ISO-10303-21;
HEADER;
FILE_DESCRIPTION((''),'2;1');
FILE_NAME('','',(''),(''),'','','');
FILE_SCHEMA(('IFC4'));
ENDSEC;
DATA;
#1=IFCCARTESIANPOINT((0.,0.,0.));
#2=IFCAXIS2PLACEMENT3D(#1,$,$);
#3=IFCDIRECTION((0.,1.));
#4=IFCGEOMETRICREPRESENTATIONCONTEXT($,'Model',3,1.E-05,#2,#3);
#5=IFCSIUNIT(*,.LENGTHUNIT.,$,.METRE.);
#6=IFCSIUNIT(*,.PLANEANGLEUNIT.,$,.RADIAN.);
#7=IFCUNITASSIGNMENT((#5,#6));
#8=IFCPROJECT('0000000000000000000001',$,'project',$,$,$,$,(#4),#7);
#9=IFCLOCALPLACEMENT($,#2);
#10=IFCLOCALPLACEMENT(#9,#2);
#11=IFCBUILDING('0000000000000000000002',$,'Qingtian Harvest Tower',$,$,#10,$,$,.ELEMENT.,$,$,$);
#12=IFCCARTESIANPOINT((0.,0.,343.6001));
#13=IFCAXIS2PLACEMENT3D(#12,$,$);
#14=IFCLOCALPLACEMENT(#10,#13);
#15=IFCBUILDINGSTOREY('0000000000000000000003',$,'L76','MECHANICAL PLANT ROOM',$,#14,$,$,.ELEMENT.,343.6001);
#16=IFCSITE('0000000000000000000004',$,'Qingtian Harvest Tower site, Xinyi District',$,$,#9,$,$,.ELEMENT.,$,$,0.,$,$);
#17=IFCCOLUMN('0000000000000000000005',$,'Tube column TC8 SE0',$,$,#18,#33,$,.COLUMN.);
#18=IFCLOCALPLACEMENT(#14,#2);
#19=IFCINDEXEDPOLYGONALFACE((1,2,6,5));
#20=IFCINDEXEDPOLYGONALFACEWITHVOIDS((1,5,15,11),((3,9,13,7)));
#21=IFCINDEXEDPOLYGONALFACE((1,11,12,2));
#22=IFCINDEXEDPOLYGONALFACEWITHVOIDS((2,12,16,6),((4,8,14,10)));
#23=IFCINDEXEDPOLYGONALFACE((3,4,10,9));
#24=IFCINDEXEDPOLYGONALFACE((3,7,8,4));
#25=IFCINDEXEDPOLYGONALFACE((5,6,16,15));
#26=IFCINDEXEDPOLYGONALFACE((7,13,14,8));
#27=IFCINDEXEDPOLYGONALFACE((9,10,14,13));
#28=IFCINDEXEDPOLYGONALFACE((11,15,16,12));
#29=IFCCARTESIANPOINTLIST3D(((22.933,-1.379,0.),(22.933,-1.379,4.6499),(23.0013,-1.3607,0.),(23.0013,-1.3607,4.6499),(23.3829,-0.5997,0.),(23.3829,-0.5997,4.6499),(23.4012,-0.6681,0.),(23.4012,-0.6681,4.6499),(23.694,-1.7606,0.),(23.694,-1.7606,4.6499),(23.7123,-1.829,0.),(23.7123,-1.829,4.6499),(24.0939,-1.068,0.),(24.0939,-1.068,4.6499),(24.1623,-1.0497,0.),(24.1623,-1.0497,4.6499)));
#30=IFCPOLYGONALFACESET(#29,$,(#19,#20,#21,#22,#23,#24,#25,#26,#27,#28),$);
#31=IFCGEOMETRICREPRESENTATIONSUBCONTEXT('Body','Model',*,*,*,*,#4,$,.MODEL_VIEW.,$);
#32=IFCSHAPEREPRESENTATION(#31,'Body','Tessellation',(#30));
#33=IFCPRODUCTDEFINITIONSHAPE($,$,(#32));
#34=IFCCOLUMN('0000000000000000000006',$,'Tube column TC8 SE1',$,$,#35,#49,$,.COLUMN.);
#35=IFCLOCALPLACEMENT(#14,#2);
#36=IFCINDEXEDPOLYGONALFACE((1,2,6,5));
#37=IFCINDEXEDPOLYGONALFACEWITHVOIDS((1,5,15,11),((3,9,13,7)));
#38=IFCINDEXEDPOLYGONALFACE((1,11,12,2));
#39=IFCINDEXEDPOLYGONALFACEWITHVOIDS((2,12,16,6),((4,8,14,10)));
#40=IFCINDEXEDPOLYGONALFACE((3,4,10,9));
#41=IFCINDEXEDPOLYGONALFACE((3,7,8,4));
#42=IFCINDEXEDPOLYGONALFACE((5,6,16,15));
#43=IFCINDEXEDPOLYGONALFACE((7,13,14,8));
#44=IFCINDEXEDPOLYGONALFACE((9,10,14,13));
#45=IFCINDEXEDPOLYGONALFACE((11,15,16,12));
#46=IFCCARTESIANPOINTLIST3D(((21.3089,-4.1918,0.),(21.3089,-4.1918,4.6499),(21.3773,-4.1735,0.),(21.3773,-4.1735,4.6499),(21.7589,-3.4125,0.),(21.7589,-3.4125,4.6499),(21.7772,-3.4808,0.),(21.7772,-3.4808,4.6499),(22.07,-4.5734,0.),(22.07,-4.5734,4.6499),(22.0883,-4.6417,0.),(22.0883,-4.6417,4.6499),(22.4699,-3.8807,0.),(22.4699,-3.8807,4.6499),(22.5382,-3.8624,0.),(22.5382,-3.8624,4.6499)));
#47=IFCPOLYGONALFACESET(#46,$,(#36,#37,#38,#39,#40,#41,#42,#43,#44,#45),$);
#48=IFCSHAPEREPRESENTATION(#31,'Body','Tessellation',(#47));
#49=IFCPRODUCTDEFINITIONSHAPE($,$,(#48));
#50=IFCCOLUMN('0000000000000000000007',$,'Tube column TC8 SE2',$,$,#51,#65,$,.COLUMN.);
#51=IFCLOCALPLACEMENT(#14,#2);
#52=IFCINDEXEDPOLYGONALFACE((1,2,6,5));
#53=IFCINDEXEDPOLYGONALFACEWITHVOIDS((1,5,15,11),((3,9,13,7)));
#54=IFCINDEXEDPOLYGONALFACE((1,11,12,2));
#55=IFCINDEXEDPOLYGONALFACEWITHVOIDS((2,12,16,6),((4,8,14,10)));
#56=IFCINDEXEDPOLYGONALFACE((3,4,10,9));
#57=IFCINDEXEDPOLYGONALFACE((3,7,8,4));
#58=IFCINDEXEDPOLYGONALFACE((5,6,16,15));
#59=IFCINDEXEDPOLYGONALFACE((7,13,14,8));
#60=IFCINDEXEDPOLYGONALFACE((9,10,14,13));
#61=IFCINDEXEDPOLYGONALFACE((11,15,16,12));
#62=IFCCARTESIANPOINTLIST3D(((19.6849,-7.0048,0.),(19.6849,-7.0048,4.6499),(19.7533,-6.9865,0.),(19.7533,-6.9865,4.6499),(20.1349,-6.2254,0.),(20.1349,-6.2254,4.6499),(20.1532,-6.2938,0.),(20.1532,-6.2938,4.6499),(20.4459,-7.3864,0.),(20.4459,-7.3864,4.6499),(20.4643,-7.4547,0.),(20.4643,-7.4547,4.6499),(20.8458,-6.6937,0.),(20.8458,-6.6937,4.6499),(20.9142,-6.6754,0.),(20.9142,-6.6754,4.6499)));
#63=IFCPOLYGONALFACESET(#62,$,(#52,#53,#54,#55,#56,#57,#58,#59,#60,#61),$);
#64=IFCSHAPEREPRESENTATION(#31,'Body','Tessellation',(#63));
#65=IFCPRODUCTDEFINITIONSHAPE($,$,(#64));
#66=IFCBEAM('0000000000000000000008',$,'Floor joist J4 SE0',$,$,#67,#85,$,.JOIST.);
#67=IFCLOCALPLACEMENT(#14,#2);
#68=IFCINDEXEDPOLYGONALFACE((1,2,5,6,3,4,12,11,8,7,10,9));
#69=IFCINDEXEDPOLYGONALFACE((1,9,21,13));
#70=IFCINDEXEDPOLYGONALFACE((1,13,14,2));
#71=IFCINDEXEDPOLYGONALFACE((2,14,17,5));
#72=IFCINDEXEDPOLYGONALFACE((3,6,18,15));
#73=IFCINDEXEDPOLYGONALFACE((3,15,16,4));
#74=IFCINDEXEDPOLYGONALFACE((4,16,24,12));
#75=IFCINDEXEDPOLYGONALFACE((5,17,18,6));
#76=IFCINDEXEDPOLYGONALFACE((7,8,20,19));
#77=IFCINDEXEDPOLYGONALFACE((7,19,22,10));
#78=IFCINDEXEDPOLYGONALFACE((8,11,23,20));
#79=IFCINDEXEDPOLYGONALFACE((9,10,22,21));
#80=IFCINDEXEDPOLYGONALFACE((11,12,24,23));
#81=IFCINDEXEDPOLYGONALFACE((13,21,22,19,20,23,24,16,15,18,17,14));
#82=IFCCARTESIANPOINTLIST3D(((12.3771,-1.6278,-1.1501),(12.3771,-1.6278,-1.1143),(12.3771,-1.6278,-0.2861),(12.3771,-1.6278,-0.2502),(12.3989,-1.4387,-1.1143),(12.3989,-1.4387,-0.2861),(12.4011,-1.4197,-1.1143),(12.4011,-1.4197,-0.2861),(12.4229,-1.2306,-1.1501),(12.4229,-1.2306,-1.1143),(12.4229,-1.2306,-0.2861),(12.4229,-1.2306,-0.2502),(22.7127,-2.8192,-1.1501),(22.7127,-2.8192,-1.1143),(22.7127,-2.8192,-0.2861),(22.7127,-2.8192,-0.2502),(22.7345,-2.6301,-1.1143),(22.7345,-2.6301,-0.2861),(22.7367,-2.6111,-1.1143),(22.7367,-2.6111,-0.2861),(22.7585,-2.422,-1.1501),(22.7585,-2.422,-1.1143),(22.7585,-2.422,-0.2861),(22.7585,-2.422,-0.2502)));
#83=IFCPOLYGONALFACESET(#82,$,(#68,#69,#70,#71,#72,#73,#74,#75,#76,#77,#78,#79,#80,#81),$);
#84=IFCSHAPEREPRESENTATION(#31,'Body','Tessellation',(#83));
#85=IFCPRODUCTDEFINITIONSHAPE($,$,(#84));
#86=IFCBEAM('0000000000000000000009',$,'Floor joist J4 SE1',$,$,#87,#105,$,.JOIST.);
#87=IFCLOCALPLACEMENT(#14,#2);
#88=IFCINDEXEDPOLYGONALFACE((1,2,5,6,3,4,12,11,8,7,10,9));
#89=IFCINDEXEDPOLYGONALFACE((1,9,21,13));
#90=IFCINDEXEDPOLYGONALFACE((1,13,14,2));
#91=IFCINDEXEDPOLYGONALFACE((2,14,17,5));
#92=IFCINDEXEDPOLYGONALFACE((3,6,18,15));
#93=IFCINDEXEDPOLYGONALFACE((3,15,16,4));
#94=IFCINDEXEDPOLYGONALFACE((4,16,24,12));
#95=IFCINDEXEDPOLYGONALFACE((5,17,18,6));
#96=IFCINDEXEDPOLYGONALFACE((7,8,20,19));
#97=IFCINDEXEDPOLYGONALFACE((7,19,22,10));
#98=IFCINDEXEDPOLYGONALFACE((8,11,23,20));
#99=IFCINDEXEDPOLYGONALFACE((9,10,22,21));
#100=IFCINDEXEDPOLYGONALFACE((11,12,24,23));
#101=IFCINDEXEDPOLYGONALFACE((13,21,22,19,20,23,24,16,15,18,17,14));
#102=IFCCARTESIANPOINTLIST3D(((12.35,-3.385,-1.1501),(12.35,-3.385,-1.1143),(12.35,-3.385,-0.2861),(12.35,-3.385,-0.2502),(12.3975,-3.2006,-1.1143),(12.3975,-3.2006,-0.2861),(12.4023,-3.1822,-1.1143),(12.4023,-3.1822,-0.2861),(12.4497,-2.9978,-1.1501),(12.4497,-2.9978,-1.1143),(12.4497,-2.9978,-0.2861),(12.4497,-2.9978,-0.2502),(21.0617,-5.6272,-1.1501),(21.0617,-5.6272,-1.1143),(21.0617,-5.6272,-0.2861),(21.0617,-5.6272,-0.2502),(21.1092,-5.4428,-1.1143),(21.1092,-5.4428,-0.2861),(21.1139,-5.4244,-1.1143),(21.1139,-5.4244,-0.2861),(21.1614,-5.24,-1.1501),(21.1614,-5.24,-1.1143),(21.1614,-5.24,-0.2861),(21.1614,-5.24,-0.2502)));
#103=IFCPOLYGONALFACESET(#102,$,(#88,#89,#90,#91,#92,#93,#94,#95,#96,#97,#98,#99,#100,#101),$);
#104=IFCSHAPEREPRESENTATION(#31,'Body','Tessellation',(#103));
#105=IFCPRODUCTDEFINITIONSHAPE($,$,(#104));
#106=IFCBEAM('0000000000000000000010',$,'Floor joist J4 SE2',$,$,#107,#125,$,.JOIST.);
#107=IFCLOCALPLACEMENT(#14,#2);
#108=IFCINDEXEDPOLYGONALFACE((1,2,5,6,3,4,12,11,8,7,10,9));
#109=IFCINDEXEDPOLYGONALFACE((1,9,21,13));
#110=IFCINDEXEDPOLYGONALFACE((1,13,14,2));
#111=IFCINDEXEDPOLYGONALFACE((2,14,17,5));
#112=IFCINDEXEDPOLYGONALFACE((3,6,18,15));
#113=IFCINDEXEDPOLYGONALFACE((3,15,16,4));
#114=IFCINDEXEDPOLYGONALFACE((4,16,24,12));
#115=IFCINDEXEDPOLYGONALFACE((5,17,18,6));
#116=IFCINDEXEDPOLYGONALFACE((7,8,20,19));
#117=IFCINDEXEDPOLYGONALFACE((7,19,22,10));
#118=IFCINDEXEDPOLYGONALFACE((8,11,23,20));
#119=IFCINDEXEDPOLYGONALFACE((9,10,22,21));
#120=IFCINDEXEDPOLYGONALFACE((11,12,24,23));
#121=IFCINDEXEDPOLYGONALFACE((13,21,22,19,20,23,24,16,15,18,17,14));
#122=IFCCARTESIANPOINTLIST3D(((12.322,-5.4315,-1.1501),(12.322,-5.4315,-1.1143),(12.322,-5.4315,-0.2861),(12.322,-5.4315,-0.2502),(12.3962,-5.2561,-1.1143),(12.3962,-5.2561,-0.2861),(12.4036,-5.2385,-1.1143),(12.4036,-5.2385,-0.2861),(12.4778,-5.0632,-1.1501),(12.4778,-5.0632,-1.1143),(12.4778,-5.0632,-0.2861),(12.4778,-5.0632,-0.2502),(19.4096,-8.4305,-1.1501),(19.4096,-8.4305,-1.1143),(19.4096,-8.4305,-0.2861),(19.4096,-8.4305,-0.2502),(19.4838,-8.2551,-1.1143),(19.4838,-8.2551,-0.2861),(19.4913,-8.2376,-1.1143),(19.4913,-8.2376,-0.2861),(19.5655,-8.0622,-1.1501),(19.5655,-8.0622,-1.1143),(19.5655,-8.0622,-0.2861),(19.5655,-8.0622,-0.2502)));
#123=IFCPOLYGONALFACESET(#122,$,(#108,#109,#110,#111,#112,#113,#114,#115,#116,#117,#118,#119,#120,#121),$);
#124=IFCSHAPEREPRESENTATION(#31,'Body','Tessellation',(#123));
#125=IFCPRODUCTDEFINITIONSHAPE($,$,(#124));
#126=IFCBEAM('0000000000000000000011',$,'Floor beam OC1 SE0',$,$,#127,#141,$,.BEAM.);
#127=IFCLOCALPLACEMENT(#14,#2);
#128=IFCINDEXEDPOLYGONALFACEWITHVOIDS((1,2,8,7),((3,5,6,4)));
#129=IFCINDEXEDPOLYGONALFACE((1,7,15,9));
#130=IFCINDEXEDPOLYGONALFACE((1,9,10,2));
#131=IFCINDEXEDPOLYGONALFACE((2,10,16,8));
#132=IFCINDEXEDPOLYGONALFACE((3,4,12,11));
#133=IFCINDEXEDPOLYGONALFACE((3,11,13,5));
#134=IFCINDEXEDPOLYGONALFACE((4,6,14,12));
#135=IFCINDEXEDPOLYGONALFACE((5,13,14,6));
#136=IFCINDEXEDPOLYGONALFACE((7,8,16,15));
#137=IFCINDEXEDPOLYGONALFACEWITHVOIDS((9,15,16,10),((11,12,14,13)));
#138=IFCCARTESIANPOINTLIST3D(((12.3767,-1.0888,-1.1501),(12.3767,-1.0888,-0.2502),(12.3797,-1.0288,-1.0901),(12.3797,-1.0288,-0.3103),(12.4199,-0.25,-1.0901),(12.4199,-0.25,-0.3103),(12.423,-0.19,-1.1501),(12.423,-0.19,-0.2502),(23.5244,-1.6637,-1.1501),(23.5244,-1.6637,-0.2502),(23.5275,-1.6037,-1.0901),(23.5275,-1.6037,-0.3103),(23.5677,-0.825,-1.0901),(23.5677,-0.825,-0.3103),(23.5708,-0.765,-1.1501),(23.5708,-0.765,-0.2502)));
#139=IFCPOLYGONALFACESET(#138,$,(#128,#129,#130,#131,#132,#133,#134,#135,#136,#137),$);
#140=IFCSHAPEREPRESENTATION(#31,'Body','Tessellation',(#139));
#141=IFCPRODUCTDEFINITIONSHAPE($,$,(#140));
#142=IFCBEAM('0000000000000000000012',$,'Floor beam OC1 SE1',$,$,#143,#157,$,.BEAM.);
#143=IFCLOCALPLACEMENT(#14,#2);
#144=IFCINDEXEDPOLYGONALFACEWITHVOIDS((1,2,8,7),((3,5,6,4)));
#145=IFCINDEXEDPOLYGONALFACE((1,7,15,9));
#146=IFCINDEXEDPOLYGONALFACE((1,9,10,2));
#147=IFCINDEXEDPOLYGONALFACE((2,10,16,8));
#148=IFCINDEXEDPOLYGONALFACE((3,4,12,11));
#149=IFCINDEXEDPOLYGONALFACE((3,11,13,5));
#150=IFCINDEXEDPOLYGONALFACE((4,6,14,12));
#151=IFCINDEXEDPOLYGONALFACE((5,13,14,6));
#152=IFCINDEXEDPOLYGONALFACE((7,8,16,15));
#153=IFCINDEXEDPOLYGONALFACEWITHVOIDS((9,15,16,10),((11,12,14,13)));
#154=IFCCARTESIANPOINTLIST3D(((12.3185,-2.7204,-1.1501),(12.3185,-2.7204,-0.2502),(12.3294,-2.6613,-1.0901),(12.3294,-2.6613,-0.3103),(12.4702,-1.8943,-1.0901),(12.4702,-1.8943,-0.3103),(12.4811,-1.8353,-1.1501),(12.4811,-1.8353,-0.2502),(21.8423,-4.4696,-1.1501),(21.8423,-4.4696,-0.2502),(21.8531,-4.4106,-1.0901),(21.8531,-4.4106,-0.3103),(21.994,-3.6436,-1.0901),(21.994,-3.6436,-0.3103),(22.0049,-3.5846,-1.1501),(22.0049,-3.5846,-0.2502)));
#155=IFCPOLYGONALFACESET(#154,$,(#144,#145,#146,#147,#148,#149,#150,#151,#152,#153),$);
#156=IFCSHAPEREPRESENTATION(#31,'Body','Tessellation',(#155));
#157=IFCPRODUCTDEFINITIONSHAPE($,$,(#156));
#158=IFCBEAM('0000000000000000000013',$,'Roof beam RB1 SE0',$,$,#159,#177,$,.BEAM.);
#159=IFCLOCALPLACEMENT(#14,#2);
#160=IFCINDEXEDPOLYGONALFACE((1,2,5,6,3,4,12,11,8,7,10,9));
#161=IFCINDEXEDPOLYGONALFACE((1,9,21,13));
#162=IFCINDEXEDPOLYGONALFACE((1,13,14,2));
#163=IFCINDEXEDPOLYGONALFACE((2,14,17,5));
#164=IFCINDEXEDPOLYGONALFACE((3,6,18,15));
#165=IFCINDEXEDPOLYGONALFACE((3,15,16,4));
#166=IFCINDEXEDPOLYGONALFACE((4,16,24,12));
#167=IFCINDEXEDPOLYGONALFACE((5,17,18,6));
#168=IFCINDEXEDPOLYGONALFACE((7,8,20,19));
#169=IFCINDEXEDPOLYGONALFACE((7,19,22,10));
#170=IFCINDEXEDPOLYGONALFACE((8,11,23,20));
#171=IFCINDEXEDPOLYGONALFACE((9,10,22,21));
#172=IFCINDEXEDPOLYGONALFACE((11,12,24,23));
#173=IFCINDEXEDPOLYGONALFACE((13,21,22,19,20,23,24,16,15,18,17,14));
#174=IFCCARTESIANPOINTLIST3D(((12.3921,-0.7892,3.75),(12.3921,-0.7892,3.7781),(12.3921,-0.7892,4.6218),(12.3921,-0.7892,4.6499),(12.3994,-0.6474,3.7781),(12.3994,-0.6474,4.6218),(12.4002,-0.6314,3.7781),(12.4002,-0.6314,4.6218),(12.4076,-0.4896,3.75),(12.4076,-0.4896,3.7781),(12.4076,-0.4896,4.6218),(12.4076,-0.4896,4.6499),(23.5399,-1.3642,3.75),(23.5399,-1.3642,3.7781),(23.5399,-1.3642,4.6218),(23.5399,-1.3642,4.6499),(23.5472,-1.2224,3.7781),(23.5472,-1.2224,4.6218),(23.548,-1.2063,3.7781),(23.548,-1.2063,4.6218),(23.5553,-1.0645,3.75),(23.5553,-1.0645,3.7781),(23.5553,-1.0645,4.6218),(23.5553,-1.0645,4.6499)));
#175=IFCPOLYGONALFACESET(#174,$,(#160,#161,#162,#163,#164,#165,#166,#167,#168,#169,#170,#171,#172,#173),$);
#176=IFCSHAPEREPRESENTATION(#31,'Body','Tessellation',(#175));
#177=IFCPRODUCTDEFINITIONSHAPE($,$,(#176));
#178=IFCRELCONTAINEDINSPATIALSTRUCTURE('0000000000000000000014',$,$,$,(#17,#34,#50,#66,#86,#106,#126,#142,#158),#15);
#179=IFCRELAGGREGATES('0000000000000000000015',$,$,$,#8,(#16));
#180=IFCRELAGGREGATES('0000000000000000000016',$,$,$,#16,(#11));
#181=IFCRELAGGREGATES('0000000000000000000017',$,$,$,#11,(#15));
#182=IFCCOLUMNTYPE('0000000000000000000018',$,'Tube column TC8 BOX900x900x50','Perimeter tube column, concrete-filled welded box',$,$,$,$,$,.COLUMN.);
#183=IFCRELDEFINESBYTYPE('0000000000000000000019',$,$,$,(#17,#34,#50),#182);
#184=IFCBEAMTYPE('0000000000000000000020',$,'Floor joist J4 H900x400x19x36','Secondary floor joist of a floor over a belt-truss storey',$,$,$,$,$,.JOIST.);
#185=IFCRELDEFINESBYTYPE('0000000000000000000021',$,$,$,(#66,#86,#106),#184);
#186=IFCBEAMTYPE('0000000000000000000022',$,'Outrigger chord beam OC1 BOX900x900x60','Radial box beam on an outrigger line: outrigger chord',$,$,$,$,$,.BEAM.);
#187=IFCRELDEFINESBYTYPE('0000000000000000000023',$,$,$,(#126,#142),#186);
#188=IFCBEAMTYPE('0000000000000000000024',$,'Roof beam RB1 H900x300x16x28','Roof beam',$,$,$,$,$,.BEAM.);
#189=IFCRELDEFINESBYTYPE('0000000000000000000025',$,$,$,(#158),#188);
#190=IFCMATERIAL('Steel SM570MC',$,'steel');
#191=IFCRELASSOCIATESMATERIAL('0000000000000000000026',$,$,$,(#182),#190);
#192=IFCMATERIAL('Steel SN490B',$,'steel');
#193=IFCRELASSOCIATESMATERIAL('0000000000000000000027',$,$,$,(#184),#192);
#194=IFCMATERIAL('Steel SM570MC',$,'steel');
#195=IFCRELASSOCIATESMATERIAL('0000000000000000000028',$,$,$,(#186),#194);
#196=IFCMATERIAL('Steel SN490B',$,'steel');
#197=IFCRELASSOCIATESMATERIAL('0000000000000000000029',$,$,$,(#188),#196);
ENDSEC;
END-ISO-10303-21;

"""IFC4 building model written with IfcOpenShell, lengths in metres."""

from ifc_helpers import new_model, si_unit, direction, frame, origin, origin_2d, place, context, subcontext, project, spatial, hollow_rectangle, i_section, extrude, material, material_profile, profile_set, type_object, element, save


model = new_model("IFC4")

# Units and contexts
model_context = context("Model", 3, precision=1e-05, world=origin(), true_north=direction((0.0, 1.0)))
body_context = subcontext(model_context, "Body", "Model", "MODEL_VIEW")
ifc_project = project(units=[si_unit("LENGTHUNIT", "METRE"), si_unit("PLANEANGLEUNIT", "RADIAN")], contexts=[model_context])

# Site, building, storey
site_placement = place(None, origin())
site = spatial("IfcSite", under=ifc_project, at=site_placement, Name="Qingtian Harvest Tower site, Xinyi District", CompositionType="ELEMENT", RefElevation=0.0)
building_placement = place(site_placement, origin())
building = spatial("IfcBuilding", under=site, at=building_placement, Name="Qingtian Harvest Tower", CompositionType="ELEMENT")
storey_placement = place(building_placement, frame((0.0, 0.0, 343.6001)))
storey = spatial("IfcBuildingStorey", under=building, at=storey_placement, Name="L76", Description="MECHANICAL PLANT ROOM", CompositionType="ELEMENT", Elevation=343.6001)

# Columns
ifc_material_1 = material(Name="Steel SM570MC", Category="steel")
ifc_material_profile_1 = material_profile(ifc_material_1, hollow_rectangle(XDim=0.8999, YDim=0.8999, WallThickness=0.05, at=origin_2d()), Name="BOX900x900x50")
ifc_profile_set_1 = profile_set([ifc_material_profile_1], Name="Steel SM570MC")
column_type = type_object("IfcColumnType", Name="Tube column TC8 BOX900x900x50", Description="Perimeter tube column, concrete-filled welded box", PredefinedType="COLUMN", material=ifc_profile_set_1)
for number, where, z_axis, x_axis, name in (
    (1, (23.5476, -1.2144, 0.0), (0.0, 0.0, 1.0), (0.5, 0.866025, 0.0), "Tube column TC8 SE0"),
    (2, (21.9236, -4.0271, 0.0), (0.0, 0.0, 1.0), (0.5, 0.866025, 0.0), "Tube column TC8 SE1"),
    (3, (20.2996, -6.8401, 0.0), (0.0, 0.0, 1.0), (0.5, 0.866025, 0.0), "Tube column TC8 SE2"),
):
    element("IfcColumn", number, at=place(storey_placement, frame(where, z_axis=z_axis, x_axis=x_axis)), inside=storey, type_object=column_type, Name=name, PredefinedType="COLUMN", context=body_context, shape_type="SweptSolid", body=[
        extrude(hollow_rectangle(XDim=0.8999, YDim=0.8999, WallThickness=0.05, at=origin_2d()), origin(), (0.0, 0.0, 1.0), 4.6499),
    ])

# Beams
ifc_material_2 = material(Name="Steel SN490B", Category="steel")
ifc_material_profile_2 = material_profile(ifc_material_2, i_section(OverallWidth=0.3999, OverallDepth=0.8999, WebThickness=0.019, FlangeThickness=0.0359, at=origin_2d()), Name="H900x400x19x36")
ifc_profile_set_2 = profile_set([ifc_material_profile_2], Name="Steel SN490B")
beam_type_1 = type_object("IfcBeamType", Name="Floor joist J4 H900x400x19x36", Description="Secondary floor joist of a floor over a belt-truss storey", PredefinedType="JOIST", material=ifc_profile_set_2)
beam_1_placement = place(storey_placement, frame((22.7356, -2.6206, -0.7002), z_axis=(-0.993422, 0.114513, 0.0), x_axis=(-0.114513, -0.993422, 0.0)))
element("IfcBeam", 4, at=beam_1_placement, inside=storey, type_object=beam_type_1, Name="Floor joist J4 SE0", PredefinedType="JOIST", context=body_context, shape_type="SweptSolid", body=[
    extrude(i_section(OverallWidth=0.3999, OverallDepth=0.8999, WebThickness=0.019, FlangeThickness=0.0359, at=origin_2d()), origin(), (0.0, 0.0, 1.0), 10.4041),
])
beam_2_placement = place(storey_placement, frame((21.1116, -5.4336, -0.7002), z_axis=(-0.968438, 0.249254, 0.0), x_axis=(-0.249254, -0.968438, 0.0)))
element("IfcBeam", 5, at=beam_2_placement, inside=storey, type_object=beam_type_1, Name="Floor joist J4 SE1", PredefinedType="JOIST", context=body_context, shape_type="SweptSolid", body=[
    extrude(i_section(OverallWidth=0.3999, OverallDepth=0.8999, WebThickness=0.019, FlangeThickness=0.0359, at=origin_2d()), origin(), (0.0, 0.0, 1.0), 8.9956),
])
beam_3_placement = place(storey_placement, frame((19.4875, -8.2463, -0.7002), z_axis=(-0.920948, 0.389684, 0.0), x_axis=(-0.389684, -0.920948, 0.0)))
element("IfcBeam", 6, at=beam_3_placement, inside=storey, type_object=beam_type_1, Name="Floor joist J4 SE2", PredefinedType="JOIST", context=body_context, shape_type="SweptSolid", body=[
    extrude(i_section(OverallWidth=0.3999, OverallDepth=0.8999, WebThickness=0.019, FlangeThickness=0.0359, at=origin_2d()), origin(), (0.0, 0.0, 1.0), 7.696),
])
ifc_material_3 = material(Name="Steel SM570MC", Category="steel")
ifc_material_profile_3 = material_profile(ifc_material_3, hollow_rectangle(XDim=0.8999, YDim=0.8999, WallThickness=0.0601, at=origin_2d()), Name="BOX900x900x60")
ifc_profile_set_3 = profile_set([ifc_material_profile_3], Name="Steel SM570MC")
beam_type_2 = type_object("IfcBeamType", Name="Outrigger chord beam OC1 BOX900x900x60", Description="Radial box beam on an outrigger line: outrigger chord", PredefinedType="BEAM", material=ifc_profile_set_3)
beam_4_placement = place(storey_placement, frame((23.5476, -1.2144, -0.7002), z_axis=(-0.998673, 0.051507, 0.0), x_axis=(-0.051507, -0.998673, 0.0)))
element("IfcBeam", 7, at=beam_4_placement, inside=storey, type_object=beam_type_2, Name="Floor beam OC1 SE0", PredefinedType="BEAM", context=body_context, shape_type="SweptSolid", body=[
    extrude(hollow_rectangle(XDim=0.8999, YDim=0.8999, WallThickness=0.0601, at=origin_2d()), origin(), (0.0, 0.0, 1.0), 11.1626),
])
beam_5_placement = place(storey_placement, frame((21.9236, -4.0271, -0.7002), z_axis=(-0.983547, 0.180654, 0.0), x_axis=(-0.180654, -0.983547, 0.0)))
element("IfcBeam", 8, at=beam_5_placement, inside=storey, type_object=beam_type_2, Name="Floor beam OC1 SE1", PredefinedType="BEAM", context=body_context, shape_type="SweptSolid", body=[
    extrude(hollow_rectangle(XDim=0.8999, YDim=0.8999, WallThickness=0.0601, at=origin_2d()), origin(), (0.0, 0.0, 1.0), 9.6831),
])
ifc_material_4 = material(Name="Steel SN490B", Category="steel")
ifc_material_profile_4 = material_profile(ifc_material_4, i_section(OverallWidth=0.3, OverallDepth=0.8999, WebThickness=0.0161, FlangeThickness=0.0281, at=origin_2d()), Name="H900x300x16x28")
ifc_profile_set_4 = profile_set([ifc_material_profile_4], Name="Steel SN490B")
beam_type_3 = type_object("IfcBeamType", Name="Roof beam RB1 H900x300x16x28", Description="Roof beam", PredefinedType="BEAM", material=ifc_profile_set_4)
beam_6_placement = place(storey_placement, frame((23.5476, -1.2144, 4.2), z_axis=(-0.998673, 0.051507, 0.0), x_axis=(-0.051507, -0.998673, 0.0)))
element("IfcBeam", 9, at=beam_6_placement, inside=storey, type_object=beam_type_3, Name="Roof beam RB1 SE0", PredefinedType="BEAM", context=body_context, shape_type="SweptSolid", body=[
    extrude(i_section(OverallWidth=0.3, OverallDepth=0.8999, WebThickness=0.0161, FlangeThickness=0.0281, at=origin_2d()), origin(), (0.0, 0.0, 1.0), 11.1626),
])

save(model, "model.ifc")
